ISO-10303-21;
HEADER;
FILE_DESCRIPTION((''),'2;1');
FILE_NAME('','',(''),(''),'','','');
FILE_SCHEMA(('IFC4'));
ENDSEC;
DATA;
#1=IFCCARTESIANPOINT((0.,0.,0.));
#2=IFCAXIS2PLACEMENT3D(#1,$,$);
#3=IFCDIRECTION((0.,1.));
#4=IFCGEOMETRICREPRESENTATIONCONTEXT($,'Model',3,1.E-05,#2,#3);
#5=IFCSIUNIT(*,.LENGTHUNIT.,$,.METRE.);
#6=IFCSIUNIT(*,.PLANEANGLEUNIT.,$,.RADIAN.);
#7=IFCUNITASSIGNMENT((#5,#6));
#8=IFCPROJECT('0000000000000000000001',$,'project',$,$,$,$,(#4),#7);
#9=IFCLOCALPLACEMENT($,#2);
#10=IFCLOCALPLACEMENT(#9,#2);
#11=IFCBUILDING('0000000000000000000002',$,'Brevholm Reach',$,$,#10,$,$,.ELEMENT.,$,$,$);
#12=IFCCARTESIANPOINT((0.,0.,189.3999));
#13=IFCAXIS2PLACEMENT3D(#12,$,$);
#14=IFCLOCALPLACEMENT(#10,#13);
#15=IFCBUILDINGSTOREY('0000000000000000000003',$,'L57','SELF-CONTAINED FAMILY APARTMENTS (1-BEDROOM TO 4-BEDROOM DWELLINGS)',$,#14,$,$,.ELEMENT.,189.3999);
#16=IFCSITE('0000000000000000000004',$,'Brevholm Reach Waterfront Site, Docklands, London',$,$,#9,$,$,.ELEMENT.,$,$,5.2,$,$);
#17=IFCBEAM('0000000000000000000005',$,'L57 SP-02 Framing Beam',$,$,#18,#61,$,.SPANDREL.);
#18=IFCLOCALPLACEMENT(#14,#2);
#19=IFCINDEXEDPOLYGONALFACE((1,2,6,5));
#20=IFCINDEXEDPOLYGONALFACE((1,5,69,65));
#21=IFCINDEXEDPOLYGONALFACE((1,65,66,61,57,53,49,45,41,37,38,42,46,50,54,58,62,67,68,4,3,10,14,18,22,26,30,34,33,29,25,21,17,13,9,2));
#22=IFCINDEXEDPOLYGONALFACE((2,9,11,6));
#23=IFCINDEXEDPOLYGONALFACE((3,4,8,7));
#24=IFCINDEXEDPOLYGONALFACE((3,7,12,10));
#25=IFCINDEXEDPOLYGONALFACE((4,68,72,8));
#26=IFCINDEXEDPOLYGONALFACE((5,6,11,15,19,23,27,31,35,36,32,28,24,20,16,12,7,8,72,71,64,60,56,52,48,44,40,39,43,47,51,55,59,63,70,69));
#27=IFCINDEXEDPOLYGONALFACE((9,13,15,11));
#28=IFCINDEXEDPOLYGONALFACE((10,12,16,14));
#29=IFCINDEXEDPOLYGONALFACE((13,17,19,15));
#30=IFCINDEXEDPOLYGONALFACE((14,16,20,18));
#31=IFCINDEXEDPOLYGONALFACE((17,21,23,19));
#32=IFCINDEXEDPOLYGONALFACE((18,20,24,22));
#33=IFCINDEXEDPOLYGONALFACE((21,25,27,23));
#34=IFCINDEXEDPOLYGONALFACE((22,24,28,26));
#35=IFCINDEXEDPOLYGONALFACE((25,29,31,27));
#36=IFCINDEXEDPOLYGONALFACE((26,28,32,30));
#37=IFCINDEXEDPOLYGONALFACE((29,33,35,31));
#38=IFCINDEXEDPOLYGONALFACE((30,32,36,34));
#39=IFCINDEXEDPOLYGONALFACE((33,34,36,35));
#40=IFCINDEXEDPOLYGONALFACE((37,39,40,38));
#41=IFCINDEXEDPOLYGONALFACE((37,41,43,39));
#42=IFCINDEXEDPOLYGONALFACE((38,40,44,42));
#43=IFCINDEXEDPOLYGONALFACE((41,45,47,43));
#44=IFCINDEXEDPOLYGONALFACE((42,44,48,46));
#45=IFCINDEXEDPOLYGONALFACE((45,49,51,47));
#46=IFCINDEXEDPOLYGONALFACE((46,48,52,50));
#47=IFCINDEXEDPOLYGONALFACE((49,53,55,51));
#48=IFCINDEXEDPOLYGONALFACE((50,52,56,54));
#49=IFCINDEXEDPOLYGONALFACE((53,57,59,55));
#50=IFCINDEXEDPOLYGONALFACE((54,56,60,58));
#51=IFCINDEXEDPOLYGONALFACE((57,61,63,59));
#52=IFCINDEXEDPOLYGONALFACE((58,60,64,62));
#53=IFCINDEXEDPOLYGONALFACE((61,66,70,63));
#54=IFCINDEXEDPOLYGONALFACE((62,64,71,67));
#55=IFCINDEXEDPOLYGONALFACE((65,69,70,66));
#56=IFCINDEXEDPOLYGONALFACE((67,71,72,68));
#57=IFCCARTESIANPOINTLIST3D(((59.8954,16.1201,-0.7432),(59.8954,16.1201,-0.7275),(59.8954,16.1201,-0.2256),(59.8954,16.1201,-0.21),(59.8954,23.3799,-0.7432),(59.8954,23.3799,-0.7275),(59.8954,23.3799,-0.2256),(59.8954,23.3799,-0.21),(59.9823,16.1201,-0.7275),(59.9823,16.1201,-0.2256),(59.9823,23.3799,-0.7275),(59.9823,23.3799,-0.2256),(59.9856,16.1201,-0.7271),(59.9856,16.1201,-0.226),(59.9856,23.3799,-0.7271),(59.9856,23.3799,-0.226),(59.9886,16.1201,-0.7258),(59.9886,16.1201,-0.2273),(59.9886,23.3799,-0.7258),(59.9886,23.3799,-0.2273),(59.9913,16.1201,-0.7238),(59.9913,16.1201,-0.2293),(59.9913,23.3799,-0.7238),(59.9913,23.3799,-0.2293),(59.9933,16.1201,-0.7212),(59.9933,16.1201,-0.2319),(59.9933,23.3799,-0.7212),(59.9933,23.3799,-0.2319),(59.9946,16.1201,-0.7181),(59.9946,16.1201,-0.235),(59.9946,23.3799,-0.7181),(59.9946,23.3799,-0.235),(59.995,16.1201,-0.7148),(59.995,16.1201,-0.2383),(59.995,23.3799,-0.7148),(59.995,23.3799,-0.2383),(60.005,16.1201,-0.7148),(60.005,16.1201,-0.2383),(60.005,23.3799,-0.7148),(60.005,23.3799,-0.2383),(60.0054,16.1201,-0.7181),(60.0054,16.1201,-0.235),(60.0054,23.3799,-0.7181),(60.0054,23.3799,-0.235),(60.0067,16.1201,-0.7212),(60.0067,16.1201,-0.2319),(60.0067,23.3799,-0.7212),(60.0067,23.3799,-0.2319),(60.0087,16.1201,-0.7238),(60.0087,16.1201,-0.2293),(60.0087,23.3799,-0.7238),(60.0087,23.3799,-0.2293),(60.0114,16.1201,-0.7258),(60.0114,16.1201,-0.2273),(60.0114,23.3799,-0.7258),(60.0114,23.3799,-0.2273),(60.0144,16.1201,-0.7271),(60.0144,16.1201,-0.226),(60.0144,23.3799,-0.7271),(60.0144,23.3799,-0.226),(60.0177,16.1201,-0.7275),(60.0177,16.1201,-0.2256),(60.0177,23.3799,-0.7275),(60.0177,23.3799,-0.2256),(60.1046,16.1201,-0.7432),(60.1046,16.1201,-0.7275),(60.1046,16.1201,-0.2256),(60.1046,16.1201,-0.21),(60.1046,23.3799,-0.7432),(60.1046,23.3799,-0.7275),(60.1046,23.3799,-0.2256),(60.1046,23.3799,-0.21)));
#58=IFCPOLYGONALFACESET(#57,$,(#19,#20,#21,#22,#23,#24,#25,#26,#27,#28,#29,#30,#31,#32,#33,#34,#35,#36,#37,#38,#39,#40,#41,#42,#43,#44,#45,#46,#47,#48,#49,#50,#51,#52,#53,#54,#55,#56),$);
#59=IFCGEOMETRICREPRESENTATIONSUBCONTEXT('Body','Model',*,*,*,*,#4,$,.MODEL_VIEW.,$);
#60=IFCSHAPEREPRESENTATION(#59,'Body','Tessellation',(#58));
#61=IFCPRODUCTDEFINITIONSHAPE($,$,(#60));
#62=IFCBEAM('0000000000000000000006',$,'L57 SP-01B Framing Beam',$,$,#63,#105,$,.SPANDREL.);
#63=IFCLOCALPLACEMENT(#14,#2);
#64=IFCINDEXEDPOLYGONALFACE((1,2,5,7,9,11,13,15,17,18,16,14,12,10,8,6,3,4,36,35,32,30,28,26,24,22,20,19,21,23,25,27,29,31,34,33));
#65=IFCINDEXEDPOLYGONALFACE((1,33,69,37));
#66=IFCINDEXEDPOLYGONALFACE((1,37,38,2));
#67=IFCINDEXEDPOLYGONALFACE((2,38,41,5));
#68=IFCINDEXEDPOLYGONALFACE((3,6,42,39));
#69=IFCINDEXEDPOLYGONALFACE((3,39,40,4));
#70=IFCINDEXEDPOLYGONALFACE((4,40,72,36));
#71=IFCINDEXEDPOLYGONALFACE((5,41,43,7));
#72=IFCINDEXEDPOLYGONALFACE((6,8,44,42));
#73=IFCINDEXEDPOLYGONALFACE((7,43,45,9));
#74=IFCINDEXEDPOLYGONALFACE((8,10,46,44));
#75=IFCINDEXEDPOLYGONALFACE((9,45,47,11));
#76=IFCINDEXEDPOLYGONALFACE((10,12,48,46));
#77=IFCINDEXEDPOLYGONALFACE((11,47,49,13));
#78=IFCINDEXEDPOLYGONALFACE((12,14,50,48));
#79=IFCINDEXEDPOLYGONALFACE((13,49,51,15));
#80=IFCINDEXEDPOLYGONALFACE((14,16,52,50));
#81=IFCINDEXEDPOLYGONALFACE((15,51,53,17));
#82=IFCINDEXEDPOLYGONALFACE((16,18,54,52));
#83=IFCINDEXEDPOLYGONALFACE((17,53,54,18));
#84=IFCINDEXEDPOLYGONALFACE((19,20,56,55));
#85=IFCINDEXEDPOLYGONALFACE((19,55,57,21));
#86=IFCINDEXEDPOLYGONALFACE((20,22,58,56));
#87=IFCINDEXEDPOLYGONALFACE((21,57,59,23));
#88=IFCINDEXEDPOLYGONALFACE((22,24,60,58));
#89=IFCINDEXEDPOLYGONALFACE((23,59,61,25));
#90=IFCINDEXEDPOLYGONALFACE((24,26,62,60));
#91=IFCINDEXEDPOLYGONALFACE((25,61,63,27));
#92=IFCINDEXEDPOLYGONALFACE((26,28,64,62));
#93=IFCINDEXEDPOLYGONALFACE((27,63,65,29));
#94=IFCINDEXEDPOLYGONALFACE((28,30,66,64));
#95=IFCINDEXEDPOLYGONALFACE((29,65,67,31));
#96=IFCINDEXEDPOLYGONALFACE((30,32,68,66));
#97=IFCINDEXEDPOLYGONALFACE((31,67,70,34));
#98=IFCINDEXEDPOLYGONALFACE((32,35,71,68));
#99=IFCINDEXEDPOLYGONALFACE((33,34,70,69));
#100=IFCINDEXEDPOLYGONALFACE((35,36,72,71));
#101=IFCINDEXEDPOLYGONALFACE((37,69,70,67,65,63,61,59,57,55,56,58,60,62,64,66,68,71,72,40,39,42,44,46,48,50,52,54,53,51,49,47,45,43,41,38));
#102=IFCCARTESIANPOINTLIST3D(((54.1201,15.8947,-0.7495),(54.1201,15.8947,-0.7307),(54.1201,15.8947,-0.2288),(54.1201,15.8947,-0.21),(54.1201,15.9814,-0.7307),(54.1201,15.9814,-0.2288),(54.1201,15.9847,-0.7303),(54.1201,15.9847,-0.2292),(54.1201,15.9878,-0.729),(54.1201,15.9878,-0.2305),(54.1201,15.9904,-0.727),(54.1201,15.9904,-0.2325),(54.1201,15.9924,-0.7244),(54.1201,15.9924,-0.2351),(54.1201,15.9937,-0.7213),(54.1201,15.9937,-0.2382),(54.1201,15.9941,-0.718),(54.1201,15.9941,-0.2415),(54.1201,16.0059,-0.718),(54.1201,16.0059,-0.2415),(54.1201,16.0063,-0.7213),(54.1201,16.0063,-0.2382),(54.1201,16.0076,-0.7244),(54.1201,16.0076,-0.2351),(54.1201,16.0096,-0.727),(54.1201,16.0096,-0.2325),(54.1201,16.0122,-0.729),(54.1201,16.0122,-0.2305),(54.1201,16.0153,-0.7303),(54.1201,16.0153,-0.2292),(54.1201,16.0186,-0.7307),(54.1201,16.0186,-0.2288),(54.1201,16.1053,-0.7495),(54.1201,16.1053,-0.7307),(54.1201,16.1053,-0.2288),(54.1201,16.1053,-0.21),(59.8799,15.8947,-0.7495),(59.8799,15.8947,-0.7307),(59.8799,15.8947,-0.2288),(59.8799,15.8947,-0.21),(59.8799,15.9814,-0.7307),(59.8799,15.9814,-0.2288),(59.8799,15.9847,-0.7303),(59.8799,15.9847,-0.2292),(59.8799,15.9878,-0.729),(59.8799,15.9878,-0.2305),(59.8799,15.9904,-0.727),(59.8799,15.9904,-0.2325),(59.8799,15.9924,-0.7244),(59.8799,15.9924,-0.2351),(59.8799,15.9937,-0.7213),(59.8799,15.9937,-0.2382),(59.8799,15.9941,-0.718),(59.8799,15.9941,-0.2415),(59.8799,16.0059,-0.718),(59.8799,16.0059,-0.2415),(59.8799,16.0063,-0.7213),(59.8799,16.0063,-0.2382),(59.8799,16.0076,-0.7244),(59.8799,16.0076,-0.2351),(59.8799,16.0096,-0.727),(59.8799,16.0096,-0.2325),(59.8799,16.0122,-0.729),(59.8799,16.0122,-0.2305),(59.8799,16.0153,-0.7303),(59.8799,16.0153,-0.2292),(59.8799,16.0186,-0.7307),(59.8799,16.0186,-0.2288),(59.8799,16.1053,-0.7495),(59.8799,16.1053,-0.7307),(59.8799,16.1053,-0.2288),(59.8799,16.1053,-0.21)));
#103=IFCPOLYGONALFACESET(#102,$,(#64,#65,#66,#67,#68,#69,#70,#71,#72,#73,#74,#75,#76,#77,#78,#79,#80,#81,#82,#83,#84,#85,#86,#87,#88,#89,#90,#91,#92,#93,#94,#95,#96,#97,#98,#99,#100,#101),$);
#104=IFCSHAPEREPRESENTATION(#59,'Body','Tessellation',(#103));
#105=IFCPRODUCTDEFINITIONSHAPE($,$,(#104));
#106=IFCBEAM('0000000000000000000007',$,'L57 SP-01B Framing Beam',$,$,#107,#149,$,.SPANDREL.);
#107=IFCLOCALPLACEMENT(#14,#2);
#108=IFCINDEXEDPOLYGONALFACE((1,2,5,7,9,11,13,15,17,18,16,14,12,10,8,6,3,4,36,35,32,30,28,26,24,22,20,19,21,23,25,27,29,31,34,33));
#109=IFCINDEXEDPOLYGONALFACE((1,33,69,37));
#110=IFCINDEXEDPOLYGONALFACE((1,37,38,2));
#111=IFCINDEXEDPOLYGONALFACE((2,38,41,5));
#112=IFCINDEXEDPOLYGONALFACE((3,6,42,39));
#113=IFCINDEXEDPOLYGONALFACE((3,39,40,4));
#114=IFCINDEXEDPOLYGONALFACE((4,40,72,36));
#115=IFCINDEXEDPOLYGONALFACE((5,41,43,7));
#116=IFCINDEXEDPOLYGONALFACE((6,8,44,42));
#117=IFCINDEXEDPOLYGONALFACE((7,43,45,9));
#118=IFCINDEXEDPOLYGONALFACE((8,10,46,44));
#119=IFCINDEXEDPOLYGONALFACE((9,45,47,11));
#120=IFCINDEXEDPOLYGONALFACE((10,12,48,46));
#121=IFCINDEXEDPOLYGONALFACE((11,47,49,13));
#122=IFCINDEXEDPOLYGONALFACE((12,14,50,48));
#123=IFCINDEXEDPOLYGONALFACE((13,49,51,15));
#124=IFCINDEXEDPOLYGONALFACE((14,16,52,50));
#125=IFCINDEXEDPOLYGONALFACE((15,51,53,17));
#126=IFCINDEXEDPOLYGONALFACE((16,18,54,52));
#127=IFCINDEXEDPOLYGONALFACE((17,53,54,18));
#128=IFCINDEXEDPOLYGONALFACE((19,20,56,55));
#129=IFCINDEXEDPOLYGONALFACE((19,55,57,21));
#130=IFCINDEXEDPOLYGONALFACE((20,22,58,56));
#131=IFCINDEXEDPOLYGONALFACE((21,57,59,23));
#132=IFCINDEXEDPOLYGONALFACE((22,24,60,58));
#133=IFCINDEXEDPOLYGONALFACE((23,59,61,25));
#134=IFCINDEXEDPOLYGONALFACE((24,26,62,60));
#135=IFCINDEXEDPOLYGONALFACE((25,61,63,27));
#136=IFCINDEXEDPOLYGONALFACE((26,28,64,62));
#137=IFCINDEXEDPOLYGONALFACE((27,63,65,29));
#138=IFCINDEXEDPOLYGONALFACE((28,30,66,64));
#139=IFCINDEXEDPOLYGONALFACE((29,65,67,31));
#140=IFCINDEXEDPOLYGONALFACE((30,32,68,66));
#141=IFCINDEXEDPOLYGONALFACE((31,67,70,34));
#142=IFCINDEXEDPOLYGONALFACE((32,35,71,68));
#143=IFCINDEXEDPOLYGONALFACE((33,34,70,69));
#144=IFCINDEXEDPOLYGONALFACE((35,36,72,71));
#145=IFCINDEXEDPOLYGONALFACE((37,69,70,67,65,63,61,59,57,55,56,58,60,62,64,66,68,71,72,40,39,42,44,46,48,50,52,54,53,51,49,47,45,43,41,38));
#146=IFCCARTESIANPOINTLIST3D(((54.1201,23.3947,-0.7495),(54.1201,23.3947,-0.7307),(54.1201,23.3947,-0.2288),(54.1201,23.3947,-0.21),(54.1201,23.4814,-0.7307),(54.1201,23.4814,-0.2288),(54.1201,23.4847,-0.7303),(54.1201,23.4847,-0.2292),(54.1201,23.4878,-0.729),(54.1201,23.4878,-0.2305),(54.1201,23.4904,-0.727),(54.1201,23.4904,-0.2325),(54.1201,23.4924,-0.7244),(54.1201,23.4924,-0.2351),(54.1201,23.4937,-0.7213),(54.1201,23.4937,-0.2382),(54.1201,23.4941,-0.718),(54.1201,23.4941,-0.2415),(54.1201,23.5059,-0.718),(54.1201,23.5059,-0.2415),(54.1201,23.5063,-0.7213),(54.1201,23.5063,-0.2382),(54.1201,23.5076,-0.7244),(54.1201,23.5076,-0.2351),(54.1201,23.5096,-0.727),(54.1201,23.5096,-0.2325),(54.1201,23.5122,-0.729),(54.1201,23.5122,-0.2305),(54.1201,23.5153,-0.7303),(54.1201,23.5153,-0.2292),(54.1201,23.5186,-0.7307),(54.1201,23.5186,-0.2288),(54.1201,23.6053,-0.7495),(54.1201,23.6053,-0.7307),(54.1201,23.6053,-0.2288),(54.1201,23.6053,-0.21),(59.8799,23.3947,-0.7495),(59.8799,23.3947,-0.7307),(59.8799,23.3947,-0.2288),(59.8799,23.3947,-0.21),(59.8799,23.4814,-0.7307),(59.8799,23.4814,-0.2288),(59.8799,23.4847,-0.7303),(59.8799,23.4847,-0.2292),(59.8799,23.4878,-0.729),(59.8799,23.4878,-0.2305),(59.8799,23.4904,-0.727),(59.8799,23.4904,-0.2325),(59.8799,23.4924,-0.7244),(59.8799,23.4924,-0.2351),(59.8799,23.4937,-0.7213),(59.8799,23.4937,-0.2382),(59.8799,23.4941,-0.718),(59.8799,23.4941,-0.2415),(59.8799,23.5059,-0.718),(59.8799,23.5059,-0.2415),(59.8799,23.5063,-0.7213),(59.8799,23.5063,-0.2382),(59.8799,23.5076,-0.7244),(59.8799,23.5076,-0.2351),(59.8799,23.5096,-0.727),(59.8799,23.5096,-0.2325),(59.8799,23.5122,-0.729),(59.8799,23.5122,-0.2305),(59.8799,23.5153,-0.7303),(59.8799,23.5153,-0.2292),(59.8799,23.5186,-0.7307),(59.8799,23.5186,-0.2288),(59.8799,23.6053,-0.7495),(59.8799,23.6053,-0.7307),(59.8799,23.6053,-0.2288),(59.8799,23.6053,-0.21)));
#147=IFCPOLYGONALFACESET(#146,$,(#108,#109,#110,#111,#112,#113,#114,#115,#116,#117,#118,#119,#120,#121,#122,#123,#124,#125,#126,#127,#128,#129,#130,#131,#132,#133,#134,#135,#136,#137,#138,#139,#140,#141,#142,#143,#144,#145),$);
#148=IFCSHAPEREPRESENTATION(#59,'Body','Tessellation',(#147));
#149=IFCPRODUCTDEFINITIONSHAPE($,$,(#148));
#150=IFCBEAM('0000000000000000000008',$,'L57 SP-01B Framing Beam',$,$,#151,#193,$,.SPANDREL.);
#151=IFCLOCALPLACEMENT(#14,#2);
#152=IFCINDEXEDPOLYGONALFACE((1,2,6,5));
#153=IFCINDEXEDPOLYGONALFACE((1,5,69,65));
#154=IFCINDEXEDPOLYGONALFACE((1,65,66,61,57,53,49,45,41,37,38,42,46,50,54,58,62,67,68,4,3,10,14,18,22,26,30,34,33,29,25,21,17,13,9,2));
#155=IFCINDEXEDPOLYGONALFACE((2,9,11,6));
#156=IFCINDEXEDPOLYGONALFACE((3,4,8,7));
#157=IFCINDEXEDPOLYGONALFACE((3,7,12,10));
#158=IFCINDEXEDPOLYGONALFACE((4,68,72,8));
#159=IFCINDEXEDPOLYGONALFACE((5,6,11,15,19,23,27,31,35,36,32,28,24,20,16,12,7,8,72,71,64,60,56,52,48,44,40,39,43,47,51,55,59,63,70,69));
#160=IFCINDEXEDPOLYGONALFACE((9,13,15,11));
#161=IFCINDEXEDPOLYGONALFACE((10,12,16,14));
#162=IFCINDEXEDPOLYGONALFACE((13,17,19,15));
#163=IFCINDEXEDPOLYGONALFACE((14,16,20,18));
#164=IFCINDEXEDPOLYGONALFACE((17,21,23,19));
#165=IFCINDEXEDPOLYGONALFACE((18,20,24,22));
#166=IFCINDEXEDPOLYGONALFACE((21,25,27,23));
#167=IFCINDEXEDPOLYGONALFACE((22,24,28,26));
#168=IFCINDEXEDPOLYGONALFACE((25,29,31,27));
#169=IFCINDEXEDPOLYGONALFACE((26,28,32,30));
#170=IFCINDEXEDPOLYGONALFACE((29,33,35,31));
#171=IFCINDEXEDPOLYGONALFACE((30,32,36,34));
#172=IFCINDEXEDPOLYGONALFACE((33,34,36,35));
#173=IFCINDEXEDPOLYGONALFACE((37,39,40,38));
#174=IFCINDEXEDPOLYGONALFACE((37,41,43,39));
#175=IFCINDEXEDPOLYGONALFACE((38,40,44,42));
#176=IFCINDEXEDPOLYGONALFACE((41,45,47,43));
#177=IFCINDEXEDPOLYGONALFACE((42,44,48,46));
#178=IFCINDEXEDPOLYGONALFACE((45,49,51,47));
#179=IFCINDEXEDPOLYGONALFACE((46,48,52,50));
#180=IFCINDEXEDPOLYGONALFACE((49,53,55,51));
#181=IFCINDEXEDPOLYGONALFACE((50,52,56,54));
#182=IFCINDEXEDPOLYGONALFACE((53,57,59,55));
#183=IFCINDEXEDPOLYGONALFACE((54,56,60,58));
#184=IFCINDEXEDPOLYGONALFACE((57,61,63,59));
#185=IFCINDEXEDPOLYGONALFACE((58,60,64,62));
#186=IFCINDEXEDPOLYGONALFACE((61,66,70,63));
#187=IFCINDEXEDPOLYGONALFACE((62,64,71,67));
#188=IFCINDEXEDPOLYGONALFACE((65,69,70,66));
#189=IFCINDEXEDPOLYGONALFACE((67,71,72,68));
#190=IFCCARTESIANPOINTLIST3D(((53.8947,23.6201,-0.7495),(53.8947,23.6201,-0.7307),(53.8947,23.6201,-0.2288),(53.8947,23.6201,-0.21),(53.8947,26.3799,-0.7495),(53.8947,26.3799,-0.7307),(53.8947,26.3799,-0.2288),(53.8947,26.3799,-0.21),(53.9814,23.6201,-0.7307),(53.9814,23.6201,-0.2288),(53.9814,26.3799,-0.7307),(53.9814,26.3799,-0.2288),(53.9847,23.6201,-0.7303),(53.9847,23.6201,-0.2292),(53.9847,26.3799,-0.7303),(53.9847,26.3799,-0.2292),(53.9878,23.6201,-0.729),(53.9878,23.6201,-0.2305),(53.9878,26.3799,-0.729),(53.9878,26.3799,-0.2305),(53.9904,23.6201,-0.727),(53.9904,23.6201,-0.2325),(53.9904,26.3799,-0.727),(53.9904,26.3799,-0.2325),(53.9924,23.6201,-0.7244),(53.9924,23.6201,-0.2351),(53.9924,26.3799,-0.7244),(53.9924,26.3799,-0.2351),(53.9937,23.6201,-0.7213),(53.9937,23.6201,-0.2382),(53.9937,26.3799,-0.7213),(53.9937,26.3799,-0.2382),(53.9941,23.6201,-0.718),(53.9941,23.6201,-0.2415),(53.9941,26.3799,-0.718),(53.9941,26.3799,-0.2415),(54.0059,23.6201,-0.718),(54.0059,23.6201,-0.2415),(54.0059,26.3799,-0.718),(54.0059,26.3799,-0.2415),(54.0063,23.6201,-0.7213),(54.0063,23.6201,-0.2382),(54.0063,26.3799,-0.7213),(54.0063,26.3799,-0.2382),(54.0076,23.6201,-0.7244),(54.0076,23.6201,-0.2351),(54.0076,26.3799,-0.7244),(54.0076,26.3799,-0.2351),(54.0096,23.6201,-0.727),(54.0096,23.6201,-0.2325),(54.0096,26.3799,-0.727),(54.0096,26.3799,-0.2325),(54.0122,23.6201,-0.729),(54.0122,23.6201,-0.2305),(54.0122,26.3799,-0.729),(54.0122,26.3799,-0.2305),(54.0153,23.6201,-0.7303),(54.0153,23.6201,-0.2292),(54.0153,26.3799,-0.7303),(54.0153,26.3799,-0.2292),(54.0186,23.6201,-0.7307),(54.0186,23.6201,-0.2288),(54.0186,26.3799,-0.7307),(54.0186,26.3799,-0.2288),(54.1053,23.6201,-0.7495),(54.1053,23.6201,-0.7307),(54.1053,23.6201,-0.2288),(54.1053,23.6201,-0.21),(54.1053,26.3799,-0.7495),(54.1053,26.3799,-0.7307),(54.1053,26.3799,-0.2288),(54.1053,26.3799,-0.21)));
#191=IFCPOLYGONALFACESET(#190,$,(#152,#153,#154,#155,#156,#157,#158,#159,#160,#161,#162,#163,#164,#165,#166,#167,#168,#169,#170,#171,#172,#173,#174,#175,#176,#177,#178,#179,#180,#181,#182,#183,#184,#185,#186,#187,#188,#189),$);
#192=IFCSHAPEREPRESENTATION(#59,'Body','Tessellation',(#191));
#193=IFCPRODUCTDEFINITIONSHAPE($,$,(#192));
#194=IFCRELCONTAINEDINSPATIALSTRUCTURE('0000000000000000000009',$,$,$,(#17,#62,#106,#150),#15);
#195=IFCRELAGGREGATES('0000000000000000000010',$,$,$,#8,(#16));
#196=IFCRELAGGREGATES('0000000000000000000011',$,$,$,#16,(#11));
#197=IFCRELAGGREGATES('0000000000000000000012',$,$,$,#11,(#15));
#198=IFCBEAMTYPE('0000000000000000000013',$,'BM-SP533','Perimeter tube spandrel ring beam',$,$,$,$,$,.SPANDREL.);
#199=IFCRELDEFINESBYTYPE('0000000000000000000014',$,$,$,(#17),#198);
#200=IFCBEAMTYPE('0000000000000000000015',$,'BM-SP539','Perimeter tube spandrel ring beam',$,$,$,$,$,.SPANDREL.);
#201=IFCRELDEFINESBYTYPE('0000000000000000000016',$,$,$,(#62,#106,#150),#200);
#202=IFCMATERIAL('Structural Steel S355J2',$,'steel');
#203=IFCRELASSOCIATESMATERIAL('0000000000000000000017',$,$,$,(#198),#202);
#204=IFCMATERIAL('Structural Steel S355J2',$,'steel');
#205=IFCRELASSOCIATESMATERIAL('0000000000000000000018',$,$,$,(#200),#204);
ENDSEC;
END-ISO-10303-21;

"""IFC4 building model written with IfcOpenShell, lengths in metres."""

from ifc_helpers import new_model, si_unit, direction, frame, origin, origin_2d, place, context, subcontext, project, spatial, i_section, extrude, material, material_profile, profile_set, type_object, element, save


model = new_model("IFC4")

# Units and contexts
model_context = context("Model", 3, precision=1e-05, world=origin(), true_north=direction((0.0, 1.0)))
body_context = subcontext(model_context, "Body", "Model", "MODEL_VIEW")
ifc_project = project(units=[si_unit("LENGTHUNIT", "METRE"), si_unit("PLANEANGLEUNIT", "RADIAN")], contexts=[model_context])

# Site, building, storey
site_placement = place(None, origin())
site = spatial("IfcSite", under=ifc_project, at=site_placement, Name="Brevholm Reach Waterfront Site, Docklands, London", CompositionType="ELEMENT", RefElevation=5.2)
building_placement = place(site_placement, origin())
building = spatial("IfcBuilding", under=site, at=building_placement, Name="Brevholm Reach", CompositionType="ELEMENT")
storey_placement = place(building_placement, frame((0.0, 0.0, 189.3999)))
storey = spatial("IfcBuildingStorey", under=building, at=storey_placement, Name="L57", Description="SELF-CONTAINED FAMILY APARTMENTS (1-BEDROOM TO 4-BEDROOM DWELLINGS)", CompositionType="ELEMENT", Elevation=189.3999)

# Beams
ifc_material_1 = material(Name="Structural Steel S355J2", Category="steel")
ifc_material_profile_1 = material_profile(ifc_material_1, i_section(OverallWidth=0.2092, OverallDepth=0.5332, WebThickness=0.01, FlangeThickness=0.0156, FilletRadius=0.0127, at=origin_2d()), Name="UKB 533x210x92")
ifc_profile_set_1 = profile_set([ifc_material_profile_1], Name="Structural Steel S355J2")
beam_type_1 = type_object("IfcBeamType", Name="BM-SP533", Description="Perimeter tube spandrel ring beam", PredefinedType="SPANDREL", material=ifc_profile_set_1)
beam_1_placement = place(storey_placement, frame((60.0, 16.1201, -0.4766), z_axis=(0.0, 1.0, 0.0), x_axis=(-1.0, 0.0, 0.0)))
element("IfcBeam", 1, at=beam_1_placement, inside=storey, type_object=beam_type_1, Name="L57 SP-02 Framing Beam", PredefinedType="SPANDREL", context=body_context, shape_type="SweptSolid", body=[
    extrude(i_section(OverallWidth=0.2092, OverallDepth=0.5332, WebThickness=0.01, FlangeThickness=0.0156, FilletRadius=0.0127, at=origin_2d()), origin(), (0.0, 0.0, 1.0), 7.2598),
])
ifc_material_2 = material(Name="Structural Steel S355J2", Category="steel")
ifc_material_profile_2 = material_profile(ifc_material_2, i_section(OverallWidth=0.2107, OverallDepth=0.5396, WebThickness=0.0117, FlangeThickness=0.0188, FilletRadius=0.0127, at=origin_2d()), Name="UKB 533x210x109")
ifc_profile_set_2 = profile_set([ifc_material_profile_2], Name="Structural Steel S355J2")
beam_type_2 = type_object("IfcBeamType", Name="BM-SP539", Description="Perimeter tube spandrel ring beam", PredefinedType="SPANDREL", material=ifc_profile_set_2)
for number, where, z_axis, x_axis, name in (
    (2, (54.1201, 16.0, -0.4797), (1.0, 0.0, 0.0), (0.0, 1.0, 0.0), "L57 SP-01B Framing Beam"),
    (3, (54.1201, 23.5, -0.4797), (1.0, 0.0, 0.0), (0.0, 1.0, 0.0), "L57 SP-01B Framing Beam"),
):
    element("IfcBeam", number, at=place(storey_placement, frame(where, z_axis=z_axis, x_axis=x_axis)), inside=storey, type_object=beam_type_2, Name=name, PredefinedType="SPANDREL", context=body_context, shape_type="SweptSolid", body=[
        extrude(i_section(OverallWidth=0.2107, OverallDepth=0.5396, WebThickness=0.0117, FlangeThickness=0.0188, FilletRadius=0.0127, at=origin_2d()), origin(), (0.0, 0.0, 1.0), 5.7598),
    ])
beam_2_placement = place(storey_placement, frame((54.0, 23.6201, -0.4797), z_axis=(0.0, 1.0, 0.0), x_axis=(-1.0, 0.0, 0.0)))
element("IfcBeam", 4, at=beam_2_placement, inside=storey, type_object=beam_type_2, Name="L57 SP-01B Framing Beam", PredefinedType="SPANDREL", context=body_context, shape_type="SweptSolid", body=[
    extrude(i_section(OverallWidth=0.2107, OverallDepth=0.5396, WebThickness=0.0117, FlangeThickness=0.0188, FilletRadius=0.0127, at=origin_2d()), origin(), (0.0, 0.0, 1.0), 2.7598),
])

save(model, "model.ifc")
